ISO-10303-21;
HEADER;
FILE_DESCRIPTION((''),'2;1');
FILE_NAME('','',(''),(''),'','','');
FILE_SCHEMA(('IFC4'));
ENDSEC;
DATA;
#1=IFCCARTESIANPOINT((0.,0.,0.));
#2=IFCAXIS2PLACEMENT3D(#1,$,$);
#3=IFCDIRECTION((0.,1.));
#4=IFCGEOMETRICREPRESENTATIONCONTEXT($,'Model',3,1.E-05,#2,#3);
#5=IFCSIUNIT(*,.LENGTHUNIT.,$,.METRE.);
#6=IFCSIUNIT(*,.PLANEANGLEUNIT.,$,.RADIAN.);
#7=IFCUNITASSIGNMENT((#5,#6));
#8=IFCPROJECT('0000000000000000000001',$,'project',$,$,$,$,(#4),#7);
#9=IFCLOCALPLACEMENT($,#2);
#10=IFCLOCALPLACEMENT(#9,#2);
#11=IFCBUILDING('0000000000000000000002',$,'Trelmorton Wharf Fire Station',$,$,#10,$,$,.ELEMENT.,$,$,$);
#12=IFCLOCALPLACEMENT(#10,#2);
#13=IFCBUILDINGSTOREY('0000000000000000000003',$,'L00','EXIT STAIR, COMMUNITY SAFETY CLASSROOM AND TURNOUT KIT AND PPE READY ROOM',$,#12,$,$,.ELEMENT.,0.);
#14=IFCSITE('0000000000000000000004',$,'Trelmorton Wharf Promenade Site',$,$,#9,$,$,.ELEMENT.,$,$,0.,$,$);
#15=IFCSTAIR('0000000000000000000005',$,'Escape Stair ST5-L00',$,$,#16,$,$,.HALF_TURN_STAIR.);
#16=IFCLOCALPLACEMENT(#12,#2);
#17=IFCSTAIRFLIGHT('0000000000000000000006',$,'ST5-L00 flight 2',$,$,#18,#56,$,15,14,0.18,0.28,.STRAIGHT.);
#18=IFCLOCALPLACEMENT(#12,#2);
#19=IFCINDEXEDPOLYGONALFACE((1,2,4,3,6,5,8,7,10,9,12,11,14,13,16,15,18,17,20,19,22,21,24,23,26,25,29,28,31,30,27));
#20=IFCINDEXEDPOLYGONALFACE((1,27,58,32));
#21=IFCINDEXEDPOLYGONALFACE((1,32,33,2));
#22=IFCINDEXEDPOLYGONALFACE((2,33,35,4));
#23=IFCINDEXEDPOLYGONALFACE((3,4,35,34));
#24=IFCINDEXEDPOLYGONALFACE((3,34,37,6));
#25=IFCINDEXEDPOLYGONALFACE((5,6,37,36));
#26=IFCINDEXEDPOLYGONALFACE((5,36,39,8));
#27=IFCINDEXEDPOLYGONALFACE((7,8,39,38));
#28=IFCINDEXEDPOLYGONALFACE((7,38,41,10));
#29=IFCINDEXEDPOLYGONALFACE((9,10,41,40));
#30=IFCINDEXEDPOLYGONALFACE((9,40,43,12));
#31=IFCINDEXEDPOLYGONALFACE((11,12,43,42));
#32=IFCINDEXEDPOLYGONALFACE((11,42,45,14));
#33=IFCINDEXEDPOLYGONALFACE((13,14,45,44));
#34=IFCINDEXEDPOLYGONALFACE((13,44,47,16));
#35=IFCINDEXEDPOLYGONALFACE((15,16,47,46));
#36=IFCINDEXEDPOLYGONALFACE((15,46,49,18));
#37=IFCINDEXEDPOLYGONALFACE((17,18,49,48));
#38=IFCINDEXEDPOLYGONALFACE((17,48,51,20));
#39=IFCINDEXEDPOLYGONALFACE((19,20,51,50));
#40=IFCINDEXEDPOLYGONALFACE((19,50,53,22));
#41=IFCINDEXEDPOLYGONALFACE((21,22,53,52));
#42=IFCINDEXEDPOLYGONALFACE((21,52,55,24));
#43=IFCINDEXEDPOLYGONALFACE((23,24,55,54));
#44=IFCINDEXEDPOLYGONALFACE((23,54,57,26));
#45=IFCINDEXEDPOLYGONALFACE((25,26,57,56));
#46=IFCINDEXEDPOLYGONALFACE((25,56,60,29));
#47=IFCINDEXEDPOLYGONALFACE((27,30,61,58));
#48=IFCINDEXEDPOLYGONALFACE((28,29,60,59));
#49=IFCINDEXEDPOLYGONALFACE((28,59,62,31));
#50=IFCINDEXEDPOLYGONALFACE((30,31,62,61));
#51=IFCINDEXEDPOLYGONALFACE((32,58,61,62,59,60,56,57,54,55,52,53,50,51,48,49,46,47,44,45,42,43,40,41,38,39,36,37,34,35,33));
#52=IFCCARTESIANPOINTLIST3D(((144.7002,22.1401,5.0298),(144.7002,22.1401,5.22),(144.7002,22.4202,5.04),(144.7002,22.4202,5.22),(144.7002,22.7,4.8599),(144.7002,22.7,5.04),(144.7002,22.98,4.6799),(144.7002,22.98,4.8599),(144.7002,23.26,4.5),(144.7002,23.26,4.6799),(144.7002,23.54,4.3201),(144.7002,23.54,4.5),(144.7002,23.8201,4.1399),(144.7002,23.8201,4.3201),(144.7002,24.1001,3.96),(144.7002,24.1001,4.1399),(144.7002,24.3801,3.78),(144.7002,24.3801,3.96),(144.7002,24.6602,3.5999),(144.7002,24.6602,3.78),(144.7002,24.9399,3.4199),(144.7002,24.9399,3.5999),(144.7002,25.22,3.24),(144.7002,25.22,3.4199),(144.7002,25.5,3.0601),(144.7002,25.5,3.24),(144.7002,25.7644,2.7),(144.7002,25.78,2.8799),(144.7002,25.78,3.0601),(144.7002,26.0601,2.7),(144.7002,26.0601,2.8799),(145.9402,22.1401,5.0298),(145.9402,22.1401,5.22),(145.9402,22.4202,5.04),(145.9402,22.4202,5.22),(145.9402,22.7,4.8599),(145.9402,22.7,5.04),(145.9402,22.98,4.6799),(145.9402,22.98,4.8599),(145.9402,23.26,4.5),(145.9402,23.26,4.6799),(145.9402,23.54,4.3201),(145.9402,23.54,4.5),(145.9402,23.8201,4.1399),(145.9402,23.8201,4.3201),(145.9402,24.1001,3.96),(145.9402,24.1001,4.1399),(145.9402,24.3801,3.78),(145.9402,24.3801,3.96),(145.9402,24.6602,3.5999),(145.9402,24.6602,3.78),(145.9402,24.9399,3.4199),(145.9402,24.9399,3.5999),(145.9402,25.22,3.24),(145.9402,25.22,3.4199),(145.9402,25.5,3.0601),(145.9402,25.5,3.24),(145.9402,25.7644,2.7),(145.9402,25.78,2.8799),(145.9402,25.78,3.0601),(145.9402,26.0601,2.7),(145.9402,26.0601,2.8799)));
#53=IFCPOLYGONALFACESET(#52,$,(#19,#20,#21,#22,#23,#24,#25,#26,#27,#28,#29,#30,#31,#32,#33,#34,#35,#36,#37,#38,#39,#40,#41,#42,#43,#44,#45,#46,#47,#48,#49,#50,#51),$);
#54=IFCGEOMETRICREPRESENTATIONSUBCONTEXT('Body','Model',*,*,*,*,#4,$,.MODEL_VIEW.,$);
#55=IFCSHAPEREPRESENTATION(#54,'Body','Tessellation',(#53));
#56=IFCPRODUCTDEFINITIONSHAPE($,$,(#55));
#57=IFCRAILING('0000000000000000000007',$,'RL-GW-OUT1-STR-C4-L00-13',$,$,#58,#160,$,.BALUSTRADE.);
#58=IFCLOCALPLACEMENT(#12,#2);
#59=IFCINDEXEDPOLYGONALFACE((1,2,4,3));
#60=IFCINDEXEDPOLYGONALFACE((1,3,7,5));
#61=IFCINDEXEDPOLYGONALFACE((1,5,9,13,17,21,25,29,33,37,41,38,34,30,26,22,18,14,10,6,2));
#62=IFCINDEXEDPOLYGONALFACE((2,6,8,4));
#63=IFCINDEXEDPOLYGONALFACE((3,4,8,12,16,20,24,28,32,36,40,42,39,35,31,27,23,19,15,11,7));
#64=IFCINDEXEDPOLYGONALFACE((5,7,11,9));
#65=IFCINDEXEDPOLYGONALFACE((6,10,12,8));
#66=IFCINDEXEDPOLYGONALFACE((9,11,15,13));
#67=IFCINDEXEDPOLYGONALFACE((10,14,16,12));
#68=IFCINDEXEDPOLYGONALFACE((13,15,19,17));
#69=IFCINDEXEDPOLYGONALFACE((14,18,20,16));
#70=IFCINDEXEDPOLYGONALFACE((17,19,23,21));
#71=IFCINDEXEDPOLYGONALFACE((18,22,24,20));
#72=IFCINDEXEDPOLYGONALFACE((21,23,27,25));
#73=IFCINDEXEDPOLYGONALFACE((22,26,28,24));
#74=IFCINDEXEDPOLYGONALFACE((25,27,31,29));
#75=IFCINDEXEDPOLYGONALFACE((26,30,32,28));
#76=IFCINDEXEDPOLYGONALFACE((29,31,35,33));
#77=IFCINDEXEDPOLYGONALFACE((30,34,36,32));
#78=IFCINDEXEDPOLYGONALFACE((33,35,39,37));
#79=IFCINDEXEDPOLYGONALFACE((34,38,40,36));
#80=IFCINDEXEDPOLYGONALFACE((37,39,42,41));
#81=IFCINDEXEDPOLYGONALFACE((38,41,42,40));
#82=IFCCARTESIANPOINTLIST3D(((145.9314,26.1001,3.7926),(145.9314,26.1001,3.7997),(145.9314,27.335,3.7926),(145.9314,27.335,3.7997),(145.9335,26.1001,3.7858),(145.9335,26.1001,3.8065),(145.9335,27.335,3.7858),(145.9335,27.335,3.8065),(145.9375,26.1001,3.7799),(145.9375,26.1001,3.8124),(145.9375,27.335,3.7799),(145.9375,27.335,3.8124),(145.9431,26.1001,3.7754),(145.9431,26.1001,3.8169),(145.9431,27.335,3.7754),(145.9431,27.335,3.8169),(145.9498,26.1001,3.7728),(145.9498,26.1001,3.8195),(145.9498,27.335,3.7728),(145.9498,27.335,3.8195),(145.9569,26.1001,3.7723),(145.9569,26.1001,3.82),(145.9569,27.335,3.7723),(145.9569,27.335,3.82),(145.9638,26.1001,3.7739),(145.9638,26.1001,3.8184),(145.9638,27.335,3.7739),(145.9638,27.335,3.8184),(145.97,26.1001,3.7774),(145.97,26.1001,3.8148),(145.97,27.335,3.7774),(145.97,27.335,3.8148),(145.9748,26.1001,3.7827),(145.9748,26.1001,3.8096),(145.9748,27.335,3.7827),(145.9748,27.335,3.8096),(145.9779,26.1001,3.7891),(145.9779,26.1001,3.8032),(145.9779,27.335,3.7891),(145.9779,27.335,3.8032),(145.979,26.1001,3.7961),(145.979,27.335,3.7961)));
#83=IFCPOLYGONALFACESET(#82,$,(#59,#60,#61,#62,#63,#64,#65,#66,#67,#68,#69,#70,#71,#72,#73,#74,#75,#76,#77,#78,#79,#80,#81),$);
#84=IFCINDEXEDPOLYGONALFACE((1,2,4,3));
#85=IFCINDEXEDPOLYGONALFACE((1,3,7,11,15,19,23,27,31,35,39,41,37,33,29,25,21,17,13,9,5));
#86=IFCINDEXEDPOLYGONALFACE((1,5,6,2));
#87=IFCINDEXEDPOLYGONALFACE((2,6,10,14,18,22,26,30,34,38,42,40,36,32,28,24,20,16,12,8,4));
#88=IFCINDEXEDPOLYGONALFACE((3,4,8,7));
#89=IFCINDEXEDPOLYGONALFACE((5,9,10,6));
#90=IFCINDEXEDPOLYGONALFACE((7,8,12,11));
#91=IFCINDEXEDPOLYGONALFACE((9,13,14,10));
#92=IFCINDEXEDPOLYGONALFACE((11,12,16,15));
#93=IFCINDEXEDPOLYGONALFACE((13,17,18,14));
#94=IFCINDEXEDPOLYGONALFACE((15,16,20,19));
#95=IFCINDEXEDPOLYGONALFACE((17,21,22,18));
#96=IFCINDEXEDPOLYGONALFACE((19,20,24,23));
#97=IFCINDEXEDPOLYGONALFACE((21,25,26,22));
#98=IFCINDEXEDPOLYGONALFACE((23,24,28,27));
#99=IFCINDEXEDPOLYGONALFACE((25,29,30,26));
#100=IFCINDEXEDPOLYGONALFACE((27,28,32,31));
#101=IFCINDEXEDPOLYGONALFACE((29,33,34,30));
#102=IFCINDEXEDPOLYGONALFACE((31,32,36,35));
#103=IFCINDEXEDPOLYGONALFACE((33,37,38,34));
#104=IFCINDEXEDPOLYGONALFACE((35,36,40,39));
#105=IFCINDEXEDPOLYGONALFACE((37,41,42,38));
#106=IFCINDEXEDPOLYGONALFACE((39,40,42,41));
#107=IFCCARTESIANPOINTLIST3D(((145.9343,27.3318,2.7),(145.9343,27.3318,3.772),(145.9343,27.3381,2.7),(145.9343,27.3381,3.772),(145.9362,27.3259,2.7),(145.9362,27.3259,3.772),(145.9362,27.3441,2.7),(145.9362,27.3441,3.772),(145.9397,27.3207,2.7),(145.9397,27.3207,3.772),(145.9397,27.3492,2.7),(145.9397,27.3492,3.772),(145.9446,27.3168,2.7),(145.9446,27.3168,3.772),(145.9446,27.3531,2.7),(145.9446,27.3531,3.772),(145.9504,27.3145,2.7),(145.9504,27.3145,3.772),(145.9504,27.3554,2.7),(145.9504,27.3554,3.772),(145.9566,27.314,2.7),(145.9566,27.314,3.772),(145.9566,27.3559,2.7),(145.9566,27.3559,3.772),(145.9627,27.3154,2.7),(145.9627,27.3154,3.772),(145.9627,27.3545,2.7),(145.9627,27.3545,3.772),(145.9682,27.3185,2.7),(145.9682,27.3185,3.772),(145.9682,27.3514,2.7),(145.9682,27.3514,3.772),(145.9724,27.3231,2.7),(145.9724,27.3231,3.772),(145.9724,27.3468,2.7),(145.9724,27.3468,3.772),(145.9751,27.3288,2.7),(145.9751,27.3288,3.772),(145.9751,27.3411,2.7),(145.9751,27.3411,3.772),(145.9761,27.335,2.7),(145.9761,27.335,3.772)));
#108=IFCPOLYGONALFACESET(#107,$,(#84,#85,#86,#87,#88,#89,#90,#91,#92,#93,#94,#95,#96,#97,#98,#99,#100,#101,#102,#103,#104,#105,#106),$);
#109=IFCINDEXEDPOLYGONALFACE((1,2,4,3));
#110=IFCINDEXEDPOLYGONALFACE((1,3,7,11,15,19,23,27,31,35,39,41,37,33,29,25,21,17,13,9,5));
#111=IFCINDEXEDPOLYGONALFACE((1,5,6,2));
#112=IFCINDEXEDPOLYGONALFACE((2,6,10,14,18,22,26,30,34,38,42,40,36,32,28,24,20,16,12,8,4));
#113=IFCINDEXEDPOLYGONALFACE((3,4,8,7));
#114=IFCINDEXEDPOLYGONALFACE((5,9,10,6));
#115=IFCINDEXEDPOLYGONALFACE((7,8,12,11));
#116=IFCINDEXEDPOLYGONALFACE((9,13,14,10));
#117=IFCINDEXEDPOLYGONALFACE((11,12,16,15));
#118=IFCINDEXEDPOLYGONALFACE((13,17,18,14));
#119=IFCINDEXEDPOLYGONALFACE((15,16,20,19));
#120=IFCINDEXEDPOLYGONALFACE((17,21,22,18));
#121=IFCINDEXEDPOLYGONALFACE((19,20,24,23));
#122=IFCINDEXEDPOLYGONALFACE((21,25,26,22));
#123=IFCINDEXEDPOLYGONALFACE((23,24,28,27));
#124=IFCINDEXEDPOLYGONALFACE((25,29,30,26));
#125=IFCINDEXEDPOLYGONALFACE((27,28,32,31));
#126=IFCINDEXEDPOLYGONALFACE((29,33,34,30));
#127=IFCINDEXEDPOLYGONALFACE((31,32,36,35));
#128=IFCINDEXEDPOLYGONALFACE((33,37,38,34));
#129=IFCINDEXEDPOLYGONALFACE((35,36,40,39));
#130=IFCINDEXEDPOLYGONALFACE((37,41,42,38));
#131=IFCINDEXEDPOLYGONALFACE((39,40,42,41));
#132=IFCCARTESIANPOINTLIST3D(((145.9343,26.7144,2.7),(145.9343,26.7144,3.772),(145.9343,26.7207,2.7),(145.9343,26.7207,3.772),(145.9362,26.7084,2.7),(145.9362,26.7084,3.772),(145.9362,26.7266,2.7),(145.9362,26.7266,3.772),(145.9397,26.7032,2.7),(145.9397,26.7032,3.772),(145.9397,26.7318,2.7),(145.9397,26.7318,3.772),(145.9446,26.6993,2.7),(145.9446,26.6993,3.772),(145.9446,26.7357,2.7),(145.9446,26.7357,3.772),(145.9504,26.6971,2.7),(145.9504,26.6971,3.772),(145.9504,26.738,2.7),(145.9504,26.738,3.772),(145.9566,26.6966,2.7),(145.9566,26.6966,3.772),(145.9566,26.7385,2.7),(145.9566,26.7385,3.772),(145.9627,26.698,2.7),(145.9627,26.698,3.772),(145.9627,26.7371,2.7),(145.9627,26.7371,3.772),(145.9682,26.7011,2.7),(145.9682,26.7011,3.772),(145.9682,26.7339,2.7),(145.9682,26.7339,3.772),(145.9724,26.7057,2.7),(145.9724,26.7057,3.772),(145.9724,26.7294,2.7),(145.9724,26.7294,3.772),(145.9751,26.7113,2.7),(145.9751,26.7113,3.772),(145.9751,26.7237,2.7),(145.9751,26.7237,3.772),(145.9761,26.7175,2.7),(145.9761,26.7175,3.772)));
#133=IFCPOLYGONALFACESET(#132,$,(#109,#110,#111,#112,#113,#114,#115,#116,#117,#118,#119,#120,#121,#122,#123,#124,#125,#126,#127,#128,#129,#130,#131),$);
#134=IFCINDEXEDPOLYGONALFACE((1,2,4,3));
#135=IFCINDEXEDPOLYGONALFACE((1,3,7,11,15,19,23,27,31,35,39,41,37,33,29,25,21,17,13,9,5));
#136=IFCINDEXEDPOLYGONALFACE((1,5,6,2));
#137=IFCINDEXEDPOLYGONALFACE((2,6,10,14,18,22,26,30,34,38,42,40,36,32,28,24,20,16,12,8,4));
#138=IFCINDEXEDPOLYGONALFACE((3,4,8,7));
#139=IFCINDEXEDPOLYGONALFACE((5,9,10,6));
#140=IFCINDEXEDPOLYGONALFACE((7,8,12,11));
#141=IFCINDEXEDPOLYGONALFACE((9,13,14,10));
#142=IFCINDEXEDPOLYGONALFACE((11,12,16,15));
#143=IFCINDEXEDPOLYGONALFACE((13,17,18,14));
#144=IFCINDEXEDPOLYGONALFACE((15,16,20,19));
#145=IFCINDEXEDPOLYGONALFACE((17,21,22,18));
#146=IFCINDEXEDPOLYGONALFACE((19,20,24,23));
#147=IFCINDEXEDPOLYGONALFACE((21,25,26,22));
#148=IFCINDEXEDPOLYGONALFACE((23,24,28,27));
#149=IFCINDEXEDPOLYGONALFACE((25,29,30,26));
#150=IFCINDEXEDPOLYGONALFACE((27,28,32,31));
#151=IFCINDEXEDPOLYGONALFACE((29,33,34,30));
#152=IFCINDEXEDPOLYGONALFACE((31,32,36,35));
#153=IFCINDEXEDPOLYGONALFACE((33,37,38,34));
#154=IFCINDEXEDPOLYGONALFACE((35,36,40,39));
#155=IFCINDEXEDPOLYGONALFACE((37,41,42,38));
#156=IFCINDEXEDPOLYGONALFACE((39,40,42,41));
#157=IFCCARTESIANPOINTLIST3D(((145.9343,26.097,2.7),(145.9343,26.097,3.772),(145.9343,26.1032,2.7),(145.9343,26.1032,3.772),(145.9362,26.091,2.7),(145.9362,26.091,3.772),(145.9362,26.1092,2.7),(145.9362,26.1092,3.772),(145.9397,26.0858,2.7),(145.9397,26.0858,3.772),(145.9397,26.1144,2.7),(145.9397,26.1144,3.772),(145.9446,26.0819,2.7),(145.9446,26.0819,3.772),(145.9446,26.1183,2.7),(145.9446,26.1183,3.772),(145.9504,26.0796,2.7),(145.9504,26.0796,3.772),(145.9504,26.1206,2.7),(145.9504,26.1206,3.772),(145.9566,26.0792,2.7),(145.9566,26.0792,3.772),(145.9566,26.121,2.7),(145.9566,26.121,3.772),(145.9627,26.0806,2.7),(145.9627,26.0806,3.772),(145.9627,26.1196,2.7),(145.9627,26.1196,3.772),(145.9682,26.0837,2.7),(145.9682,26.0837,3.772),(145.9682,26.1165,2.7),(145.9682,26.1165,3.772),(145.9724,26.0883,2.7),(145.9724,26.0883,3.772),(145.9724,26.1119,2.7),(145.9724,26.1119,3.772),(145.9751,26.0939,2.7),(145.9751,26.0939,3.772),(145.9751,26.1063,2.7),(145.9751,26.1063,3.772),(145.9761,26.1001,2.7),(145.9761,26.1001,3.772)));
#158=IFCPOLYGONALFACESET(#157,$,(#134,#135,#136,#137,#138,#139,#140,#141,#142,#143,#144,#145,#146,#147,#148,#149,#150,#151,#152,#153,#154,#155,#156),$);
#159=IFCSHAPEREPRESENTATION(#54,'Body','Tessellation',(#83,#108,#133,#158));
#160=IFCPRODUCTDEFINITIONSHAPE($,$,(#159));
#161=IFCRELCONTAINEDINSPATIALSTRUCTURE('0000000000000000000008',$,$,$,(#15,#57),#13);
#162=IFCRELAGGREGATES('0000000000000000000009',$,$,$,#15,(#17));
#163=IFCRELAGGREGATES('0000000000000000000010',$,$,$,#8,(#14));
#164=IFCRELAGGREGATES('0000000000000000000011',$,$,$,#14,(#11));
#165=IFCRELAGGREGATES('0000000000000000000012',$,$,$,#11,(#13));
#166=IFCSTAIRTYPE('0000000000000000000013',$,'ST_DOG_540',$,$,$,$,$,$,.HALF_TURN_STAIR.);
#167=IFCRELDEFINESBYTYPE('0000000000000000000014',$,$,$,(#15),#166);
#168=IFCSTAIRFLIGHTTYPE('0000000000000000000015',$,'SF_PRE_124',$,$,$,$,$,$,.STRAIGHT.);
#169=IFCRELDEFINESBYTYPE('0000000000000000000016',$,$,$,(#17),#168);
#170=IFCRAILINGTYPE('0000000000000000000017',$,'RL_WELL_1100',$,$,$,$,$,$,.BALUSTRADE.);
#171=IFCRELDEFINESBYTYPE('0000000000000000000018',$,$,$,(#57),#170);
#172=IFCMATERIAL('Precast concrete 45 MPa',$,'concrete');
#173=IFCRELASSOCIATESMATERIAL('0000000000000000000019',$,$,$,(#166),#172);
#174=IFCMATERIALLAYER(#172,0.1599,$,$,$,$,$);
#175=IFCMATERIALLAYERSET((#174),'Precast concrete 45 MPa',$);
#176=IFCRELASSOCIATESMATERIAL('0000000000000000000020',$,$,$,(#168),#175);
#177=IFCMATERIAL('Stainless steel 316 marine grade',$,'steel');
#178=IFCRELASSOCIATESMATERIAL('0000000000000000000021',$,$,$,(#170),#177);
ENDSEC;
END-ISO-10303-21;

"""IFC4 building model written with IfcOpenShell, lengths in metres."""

from ifc_helpers import new_model, si_unit, direction, frame, origin, origin_2d, place, context, subcontext, project, spatial, polyline, circle, outline, extrude, material, layer, layer_set, type_object, element, aggregate, save


model = new_model("IFC4")

# Units and contexts
model_context = context("Model", 3, precision=1e-05, world=origin(), true_north=direction((0.0, 1.0)))
body_context = subcontext(model_context, "Body", "Model", "MODEL_VIEW")
ifc_project = project(units=[si_unit("LENGTHUNIT", "METRE"), si_unit("PLANEANGLEUNIT", "RADIAN")], contexts=[model_context])

# Site, building, storey
site_placement = place(None, origin())
site = spatial("IfcSite", under=ifc_project, at=site_placement, Name="Trelmorton Wharf Promenade Site", CompositionType="ELEMENT", RefElevation=0.0)
building_placement = place(site_placement, origin())
building = spatial("IfcBuilding", under=site, at=building_placement, Name="Trelmorton Wharf Fire Station", CompositionType="ELEMENT")
storey_placement = place(building_placement, origin())
storey = spatial("IfcBuildingStorey", under=building, at=storey_placement, Name="L00", Description="EXIT STAIR, COMMUNITY SAFETY CLASSROOM AND TURNOUT KIT AND PPE READY ROOM", CompositionType="ELEMENT", Elevation=0.0)

# Shared definitions
ifc_material_1 = material(Name="Stainless steel 316 marine grade", Category="steel")

# Stair, stair flight
ifc_material_2 = material(Name="Precast concrete 45 MPa", Category="concrete")
stair_type = type_object("IfcStairType", Name="ST_DOG_540", PredefinedType="HALF_TURN_STAIR", material=ifc_material_2)
stair_placement = place(storey_placement, origin())
stair = element("IfcStair", 1, at=stair_placement, inside=storey, type_object=stair_type, Name="Escape Stair ST5-L00", PredefinedType="HALF_TURN_STAIR")
ifc_layer_1 = layer(ifc_material_2, 0.1599)
ifc_layer_set_1 = layer_set([ifc_layer_1], Name="Precast concrete 45 MPa")
stair_flight_type = type_object("IfcStairFlightType", Name="SF_PRE_124", PredefinedType="STRAIGHT", material=ifc_layer_set_1)
stair_flight_placement = place(storey_placement, frame((145.3201, 26.0601, 2.7), z_axis=(0.0, 0.0, 1.0), x_axis=(0.0, -1.0, 0.0)))
stair_flight = element("IfcStairFlight", 2, at=stair_flight_placement, type_object=stair_flight_type, Name="ST5-L00 flight 2", NumberOfRisers=15, NumberOfTreads=14, PredefinedType="STRAIGHT", RiserHeight=0.18, TreadLength=0.28, context=body_context, shape_type="SweptSolid", body=[
    extrude(outline(polyline([(0.0, 0.0), (0.0, 0.1799), (0.28, 0.1799), (0.28, 0.3601), (0.5601, 0.3601), (0.5601, 0.54), (0.8401, 0.54), (0.8401, 0.72), (1.1201, 0.72), (1.1201, 0.8999), (1.3999, 0.8999), (1.3999, 1.0801), (1.6799, 1.0801), (1.6799, 1.26), (1.96, 1.26), (1.96, 1.4399), (2.24, 1.4399), (2.24, 1.6201), (2.52, 1.6201), (2.52, 1.8), (2.8, 1.8), (2.8, 1.98), (3.0801, 1.98), (3.0801, 2.1599), (3.3601, 2.1599), (3.3601, 2.3401), (3.6399, 2.3401), (3.6399, 2.52), (3.9199, 2.52), (3.9199, 2.7), (3.9199, 2.3298), (0.2957, 0.0), (0.0, 0.0)])), frame((0.0, 0.6201, 0.0), z_axis=(0.0, -1.0, 0.0), x_axis=(1.0, 0.0, 0.0)), (0.0, 0.0, 1.0), 1.24),
])
aggregate(stair, [stair_flight])

# Railing
railing_type = type_object("IfcRailingType", Name="RL_WELL_1100", PredefinedType="BALUSTRADE", material=ifc_material_1)
railing_1_placement = place(storey_placement, frame((145.9551, 27.335, 2.7)))
element("IfcRailing", 3, at=railing_1_placement, inside=storey, type_object=railing_type, Name="RL-GW-OUT1-STR-C4-L00-13", PredefinedType="BALUSTRADE", context=body_context, shape_type="SweptSolid", body=[
    extrude(circle(Radius=0.0239, at=origin_2d()), frame((0.0, 0.0, 1.0962), z_axis=(0.0, -1.0, 0.0), x_axis=(1.0, 0.0, 0.0)), (0.0, 0.0, 1.0), 1.2349),
    extrude(circle(Radius=0.021, at=origin_2d()), origin(), (0.0, 0.0, 1.0), 1.072),
    extrude(circle(Radius=0.021, at=origin_2d()), frame((0.0, -0.6174, 0.0)), (0.0, 0.0, 1.0), 1.072),
    extrude(circle(Radius=0.021, at=origin_2d()), frame((0.0, -1.2349, 0.0)), (0.0, 0.0, 1.0), 1.072),
])

save(model, "model.ifc")
